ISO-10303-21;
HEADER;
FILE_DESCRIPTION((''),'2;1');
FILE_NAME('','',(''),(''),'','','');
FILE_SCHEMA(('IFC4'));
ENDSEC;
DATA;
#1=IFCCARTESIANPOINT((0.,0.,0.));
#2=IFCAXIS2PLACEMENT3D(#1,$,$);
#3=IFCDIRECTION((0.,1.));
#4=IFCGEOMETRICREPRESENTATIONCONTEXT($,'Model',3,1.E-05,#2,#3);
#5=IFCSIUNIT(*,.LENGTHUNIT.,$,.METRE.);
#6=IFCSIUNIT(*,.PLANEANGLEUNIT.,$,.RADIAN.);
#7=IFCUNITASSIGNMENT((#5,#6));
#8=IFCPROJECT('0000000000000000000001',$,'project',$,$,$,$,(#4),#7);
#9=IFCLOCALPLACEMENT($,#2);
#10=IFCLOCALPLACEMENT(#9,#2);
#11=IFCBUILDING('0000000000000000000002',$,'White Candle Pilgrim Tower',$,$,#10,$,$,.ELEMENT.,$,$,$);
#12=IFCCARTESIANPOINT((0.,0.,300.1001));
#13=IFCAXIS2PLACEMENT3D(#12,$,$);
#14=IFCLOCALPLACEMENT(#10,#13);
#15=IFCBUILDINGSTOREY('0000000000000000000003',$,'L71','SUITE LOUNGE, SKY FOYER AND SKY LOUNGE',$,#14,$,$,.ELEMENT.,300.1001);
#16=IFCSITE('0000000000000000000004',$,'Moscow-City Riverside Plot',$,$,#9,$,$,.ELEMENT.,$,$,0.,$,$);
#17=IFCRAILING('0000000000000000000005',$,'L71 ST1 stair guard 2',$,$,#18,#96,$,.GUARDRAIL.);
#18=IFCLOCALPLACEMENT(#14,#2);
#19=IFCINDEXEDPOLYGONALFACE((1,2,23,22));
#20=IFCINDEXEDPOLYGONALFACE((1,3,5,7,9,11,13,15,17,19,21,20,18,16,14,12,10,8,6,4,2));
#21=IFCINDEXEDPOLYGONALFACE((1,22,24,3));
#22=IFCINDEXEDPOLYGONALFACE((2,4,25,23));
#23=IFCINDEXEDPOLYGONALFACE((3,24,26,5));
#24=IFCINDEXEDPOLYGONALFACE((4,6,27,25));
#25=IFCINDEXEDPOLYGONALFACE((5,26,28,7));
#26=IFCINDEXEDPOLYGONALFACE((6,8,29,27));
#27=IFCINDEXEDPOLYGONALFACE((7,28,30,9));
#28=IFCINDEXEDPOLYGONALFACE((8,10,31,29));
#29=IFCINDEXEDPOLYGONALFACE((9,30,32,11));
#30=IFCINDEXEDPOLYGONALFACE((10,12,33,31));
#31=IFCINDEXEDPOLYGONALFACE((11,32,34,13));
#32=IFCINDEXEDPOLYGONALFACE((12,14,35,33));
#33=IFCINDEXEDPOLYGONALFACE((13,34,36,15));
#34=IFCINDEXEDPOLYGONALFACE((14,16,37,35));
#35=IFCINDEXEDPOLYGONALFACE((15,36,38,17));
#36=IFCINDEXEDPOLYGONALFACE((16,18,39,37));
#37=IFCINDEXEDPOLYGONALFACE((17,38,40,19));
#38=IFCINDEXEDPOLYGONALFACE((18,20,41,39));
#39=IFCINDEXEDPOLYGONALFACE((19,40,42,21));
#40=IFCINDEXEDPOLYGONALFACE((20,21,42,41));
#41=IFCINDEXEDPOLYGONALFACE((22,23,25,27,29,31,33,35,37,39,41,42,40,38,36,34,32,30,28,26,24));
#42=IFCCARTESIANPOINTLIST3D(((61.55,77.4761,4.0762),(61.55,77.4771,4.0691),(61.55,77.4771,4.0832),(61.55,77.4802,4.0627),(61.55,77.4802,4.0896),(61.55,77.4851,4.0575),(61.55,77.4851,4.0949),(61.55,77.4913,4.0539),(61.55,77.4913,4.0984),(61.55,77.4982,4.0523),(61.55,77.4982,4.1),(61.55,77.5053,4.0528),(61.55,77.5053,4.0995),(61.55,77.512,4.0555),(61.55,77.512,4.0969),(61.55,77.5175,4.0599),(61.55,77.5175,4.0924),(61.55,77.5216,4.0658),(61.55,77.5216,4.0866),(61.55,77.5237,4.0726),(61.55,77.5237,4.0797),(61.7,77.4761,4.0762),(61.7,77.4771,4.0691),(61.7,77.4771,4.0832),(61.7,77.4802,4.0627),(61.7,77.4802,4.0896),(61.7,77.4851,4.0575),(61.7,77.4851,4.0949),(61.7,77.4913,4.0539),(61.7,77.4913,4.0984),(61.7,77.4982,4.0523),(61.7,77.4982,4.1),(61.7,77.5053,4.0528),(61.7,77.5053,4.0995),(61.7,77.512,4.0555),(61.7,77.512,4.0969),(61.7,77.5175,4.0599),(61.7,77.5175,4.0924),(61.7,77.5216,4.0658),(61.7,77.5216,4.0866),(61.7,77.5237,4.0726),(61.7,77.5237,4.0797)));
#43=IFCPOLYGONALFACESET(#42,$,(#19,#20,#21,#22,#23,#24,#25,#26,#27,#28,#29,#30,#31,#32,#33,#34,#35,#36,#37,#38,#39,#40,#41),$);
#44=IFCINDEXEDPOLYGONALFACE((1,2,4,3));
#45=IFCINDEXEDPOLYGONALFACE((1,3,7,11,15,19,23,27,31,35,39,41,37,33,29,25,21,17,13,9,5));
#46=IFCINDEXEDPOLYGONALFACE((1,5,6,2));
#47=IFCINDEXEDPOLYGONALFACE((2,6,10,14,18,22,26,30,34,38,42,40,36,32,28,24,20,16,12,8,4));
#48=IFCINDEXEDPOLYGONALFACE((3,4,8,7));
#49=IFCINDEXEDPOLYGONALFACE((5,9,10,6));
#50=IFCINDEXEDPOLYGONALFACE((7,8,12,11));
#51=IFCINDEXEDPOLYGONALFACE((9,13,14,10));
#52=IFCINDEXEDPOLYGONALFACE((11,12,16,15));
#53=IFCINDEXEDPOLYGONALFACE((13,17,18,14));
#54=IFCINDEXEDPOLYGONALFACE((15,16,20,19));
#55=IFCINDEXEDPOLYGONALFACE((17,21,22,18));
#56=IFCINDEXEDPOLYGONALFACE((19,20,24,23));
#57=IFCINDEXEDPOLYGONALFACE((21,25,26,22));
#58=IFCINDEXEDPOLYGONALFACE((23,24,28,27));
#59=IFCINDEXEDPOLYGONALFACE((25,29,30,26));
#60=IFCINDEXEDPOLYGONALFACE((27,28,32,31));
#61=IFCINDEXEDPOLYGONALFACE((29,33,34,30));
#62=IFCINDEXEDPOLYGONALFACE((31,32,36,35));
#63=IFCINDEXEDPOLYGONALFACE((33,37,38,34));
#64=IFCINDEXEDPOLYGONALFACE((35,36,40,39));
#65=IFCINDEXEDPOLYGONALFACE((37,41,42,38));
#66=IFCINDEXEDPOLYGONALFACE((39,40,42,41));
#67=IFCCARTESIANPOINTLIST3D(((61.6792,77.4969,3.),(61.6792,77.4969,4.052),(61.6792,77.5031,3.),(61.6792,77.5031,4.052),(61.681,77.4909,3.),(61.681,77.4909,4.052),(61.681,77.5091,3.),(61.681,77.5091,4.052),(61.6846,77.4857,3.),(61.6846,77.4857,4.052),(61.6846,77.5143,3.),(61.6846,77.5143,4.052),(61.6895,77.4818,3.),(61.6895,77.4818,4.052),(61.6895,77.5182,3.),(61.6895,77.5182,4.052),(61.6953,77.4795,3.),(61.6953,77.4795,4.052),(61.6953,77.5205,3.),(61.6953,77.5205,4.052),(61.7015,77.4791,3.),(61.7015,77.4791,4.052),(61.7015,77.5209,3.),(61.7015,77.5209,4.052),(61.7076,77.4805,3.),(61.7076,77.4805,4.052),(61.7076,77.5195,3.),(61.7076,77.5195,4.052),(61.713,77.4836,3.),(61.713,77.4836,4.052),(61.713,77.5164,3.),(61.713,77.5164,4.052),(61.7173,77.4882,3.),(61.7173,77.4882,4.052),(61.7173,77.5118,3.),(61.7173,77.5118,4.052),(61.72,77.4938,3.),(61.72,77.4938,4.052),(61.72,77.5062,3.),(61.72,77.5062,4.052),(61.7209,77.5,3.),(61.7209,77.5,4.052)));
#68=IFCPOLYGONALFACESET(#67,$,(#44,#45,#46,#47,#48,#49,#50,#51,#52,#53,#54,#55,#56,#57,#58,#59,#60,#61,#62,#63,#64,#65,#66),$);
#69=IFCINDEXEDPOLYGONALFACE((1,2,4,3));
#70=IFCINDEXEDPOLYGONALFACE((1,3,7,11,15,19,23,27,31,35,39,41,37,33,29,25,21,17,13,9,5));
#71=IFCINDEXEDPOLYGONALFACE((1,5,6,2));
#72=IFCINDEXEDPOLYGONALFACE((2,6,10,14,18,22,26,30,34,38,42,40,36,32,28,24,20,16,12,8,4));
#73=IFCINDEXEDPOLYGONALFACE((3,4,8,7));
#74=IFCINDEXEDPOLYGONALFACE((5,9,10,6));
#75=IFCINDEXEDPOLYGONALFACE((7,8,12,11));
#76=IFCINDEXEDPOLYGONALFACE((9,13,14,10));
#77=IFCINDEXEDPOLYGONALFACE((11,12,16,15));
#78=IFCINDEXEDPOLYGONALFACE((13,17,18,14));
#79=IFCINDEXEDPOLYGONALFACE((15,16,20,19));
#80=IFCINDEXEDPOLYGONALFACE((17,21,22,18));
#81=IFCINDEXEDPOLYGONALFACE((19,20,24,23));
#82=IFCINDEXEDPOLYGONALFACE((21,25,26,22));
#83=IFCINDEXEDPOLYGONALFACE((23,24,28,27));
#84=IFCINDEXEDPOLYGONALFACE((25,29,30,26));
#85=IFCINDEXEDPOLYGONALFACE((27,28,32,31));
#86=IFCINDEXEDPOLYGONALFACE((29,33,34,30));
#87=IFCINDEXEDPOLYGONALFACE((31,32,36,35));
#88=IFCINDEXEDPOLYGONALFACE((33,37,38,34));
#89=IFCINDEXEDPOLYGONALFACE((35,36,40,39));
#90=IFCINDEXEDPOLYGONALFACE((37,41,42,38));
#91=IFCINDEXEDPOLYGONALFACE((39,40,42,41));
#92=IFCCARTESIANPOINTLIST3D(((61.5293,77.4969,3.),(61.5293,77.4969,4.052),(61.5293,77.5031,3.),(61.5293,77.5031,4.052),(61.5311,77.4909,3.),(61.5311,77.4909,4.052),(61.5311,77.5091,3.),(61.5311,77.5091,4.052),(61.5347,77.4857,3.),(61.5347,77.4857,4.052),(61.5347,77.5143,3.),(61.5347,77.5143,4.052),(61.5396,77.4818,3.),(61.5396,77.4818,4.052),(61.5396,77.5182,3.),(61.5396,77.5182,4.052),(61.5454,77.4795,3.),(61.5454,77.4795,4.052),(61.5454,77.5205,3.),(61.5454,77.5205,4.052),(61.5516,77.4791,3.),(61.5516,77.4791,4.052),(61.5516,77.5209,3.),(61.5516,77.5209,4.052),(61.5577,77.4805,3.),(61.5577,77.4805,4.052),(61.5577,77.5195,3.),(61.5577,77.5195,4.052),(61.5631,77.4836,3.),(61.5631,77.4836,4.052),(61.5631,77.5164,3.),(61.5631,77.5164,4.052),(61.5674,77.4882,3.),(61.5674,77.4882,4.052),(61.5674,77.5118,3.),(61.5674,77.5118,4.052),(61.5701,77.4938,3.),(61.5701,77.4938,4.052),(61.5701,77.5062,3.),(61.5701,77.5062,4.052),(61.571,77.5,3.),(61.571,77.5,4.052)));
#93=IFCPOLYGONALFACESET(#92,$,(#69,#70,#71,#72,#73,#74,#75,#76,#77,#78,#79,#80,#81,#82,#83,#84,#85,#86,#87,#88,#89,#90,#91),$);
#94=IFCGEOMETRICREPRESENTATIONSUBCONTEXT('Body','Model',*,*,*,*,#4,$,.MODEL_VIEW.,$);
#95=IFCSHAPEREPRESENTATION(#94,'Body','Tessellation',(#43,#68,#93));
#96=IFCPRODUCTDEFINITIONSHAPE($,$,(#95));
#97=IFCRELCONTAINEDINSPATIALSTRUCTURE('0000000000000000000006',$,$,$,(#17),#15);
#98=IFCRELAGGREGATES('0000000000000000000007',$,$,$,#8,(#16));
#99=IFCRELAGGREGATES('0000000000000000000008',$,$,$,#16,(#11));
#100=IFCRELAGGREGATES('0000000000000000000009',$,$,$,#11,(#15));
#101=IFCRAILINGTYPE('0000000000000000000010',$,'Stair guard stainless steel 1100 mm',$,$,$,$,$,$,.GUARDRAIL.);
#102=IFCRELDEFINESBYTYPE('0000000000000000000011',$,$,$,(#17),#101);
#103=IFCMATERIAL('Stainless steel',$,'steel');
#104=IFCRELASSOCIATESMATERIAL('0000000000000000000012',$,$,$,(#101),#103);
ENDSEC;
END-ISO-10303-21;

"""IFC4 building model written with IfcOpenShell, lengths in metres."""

from ifc_helpers import new_model, si_unit, direction, frame, origin, origin_2d, place, context, subcontext, project, spatial, circle, extrude, material, type_object, element, save


model = new_model("IFC4")

# Units and contexts
model_context = context("Model", 3, precision=1e-05, world=origin(), true_north=direction((0.0, 1.0)))
body_context = subcontext(model_context, "Body", "Model", "MODEL_VIEW")
ifc_project = project(units=[si_unit("LENGTHUNIT", "METRE"), si_unit("PLANEANGLEUNIT", "RADIAN")], contexts=[model_context])

# Site, building, storey
site_placement = place(None, origin())
site = spatial("IfcSite", under=ifc_project, at=site_placement, Name="Moscow-City Riverside Plot", CompositionType="ELEMENT", RefElevation=0.0)
building_placement = place(site_placement, origin())
building = spatial("IfcBuilding", under=site, at=building_placement, Name="White Candle Pilgrim Tower", CompositionType="ELEMENT")
storey_placement = place(building_placement, frame((0.0, 0.0, 300.1001)))
storey = spatial("IfcBuildingStorey", under=building, at=storey_placement, Name="L71", Description="SUITE LOUNGE, SKY FOYER AND SKY LOUNGE", CompositionType="ELEMENT", Elevation=300.1001)

# Railing
ifc_material_1 = material(Name="Stainless steel", Category="steel")
railing_type_1 = type_object("IfcRailingType", Name="Stair guard stainless steel 1100 mm", PredefinedType="GUARDRAIL", material=ifc_material_1)
railing_1_placement = place(storey_placement, frame((61.7, 77.5, 3.0)))
element("IfcRailing", 1, at=railing_1_placement, inside=storey, type_object=railing_type_1, Name="L71 ST1 stair guard 2", PredefinedType="GUARDRAIL", context=body_context, shape_type="SweptSolid", body=[
    extrude(circle(Radius=0.0239, at=origin_2d()), frame((0.0, 0.0, 1.0762), z_axis=(-1.0, 0.0, 0.0), x_axis=(0.0, -1.0, 0.0)), (0.0, 0.0, 1.0), 0.1499),
    extrude(circle(Radius=0.021, at=origin_2d()), origin(), (0.0, 0.0, 1.0), 1.052),
    extrude(circle(Radius=0.021, at=origin_2d()), frame((-0.1499, 0.0, 0.0)), (0.0, 0.0, 1.0), 1.052),
])

save(model, "model.ifc")
